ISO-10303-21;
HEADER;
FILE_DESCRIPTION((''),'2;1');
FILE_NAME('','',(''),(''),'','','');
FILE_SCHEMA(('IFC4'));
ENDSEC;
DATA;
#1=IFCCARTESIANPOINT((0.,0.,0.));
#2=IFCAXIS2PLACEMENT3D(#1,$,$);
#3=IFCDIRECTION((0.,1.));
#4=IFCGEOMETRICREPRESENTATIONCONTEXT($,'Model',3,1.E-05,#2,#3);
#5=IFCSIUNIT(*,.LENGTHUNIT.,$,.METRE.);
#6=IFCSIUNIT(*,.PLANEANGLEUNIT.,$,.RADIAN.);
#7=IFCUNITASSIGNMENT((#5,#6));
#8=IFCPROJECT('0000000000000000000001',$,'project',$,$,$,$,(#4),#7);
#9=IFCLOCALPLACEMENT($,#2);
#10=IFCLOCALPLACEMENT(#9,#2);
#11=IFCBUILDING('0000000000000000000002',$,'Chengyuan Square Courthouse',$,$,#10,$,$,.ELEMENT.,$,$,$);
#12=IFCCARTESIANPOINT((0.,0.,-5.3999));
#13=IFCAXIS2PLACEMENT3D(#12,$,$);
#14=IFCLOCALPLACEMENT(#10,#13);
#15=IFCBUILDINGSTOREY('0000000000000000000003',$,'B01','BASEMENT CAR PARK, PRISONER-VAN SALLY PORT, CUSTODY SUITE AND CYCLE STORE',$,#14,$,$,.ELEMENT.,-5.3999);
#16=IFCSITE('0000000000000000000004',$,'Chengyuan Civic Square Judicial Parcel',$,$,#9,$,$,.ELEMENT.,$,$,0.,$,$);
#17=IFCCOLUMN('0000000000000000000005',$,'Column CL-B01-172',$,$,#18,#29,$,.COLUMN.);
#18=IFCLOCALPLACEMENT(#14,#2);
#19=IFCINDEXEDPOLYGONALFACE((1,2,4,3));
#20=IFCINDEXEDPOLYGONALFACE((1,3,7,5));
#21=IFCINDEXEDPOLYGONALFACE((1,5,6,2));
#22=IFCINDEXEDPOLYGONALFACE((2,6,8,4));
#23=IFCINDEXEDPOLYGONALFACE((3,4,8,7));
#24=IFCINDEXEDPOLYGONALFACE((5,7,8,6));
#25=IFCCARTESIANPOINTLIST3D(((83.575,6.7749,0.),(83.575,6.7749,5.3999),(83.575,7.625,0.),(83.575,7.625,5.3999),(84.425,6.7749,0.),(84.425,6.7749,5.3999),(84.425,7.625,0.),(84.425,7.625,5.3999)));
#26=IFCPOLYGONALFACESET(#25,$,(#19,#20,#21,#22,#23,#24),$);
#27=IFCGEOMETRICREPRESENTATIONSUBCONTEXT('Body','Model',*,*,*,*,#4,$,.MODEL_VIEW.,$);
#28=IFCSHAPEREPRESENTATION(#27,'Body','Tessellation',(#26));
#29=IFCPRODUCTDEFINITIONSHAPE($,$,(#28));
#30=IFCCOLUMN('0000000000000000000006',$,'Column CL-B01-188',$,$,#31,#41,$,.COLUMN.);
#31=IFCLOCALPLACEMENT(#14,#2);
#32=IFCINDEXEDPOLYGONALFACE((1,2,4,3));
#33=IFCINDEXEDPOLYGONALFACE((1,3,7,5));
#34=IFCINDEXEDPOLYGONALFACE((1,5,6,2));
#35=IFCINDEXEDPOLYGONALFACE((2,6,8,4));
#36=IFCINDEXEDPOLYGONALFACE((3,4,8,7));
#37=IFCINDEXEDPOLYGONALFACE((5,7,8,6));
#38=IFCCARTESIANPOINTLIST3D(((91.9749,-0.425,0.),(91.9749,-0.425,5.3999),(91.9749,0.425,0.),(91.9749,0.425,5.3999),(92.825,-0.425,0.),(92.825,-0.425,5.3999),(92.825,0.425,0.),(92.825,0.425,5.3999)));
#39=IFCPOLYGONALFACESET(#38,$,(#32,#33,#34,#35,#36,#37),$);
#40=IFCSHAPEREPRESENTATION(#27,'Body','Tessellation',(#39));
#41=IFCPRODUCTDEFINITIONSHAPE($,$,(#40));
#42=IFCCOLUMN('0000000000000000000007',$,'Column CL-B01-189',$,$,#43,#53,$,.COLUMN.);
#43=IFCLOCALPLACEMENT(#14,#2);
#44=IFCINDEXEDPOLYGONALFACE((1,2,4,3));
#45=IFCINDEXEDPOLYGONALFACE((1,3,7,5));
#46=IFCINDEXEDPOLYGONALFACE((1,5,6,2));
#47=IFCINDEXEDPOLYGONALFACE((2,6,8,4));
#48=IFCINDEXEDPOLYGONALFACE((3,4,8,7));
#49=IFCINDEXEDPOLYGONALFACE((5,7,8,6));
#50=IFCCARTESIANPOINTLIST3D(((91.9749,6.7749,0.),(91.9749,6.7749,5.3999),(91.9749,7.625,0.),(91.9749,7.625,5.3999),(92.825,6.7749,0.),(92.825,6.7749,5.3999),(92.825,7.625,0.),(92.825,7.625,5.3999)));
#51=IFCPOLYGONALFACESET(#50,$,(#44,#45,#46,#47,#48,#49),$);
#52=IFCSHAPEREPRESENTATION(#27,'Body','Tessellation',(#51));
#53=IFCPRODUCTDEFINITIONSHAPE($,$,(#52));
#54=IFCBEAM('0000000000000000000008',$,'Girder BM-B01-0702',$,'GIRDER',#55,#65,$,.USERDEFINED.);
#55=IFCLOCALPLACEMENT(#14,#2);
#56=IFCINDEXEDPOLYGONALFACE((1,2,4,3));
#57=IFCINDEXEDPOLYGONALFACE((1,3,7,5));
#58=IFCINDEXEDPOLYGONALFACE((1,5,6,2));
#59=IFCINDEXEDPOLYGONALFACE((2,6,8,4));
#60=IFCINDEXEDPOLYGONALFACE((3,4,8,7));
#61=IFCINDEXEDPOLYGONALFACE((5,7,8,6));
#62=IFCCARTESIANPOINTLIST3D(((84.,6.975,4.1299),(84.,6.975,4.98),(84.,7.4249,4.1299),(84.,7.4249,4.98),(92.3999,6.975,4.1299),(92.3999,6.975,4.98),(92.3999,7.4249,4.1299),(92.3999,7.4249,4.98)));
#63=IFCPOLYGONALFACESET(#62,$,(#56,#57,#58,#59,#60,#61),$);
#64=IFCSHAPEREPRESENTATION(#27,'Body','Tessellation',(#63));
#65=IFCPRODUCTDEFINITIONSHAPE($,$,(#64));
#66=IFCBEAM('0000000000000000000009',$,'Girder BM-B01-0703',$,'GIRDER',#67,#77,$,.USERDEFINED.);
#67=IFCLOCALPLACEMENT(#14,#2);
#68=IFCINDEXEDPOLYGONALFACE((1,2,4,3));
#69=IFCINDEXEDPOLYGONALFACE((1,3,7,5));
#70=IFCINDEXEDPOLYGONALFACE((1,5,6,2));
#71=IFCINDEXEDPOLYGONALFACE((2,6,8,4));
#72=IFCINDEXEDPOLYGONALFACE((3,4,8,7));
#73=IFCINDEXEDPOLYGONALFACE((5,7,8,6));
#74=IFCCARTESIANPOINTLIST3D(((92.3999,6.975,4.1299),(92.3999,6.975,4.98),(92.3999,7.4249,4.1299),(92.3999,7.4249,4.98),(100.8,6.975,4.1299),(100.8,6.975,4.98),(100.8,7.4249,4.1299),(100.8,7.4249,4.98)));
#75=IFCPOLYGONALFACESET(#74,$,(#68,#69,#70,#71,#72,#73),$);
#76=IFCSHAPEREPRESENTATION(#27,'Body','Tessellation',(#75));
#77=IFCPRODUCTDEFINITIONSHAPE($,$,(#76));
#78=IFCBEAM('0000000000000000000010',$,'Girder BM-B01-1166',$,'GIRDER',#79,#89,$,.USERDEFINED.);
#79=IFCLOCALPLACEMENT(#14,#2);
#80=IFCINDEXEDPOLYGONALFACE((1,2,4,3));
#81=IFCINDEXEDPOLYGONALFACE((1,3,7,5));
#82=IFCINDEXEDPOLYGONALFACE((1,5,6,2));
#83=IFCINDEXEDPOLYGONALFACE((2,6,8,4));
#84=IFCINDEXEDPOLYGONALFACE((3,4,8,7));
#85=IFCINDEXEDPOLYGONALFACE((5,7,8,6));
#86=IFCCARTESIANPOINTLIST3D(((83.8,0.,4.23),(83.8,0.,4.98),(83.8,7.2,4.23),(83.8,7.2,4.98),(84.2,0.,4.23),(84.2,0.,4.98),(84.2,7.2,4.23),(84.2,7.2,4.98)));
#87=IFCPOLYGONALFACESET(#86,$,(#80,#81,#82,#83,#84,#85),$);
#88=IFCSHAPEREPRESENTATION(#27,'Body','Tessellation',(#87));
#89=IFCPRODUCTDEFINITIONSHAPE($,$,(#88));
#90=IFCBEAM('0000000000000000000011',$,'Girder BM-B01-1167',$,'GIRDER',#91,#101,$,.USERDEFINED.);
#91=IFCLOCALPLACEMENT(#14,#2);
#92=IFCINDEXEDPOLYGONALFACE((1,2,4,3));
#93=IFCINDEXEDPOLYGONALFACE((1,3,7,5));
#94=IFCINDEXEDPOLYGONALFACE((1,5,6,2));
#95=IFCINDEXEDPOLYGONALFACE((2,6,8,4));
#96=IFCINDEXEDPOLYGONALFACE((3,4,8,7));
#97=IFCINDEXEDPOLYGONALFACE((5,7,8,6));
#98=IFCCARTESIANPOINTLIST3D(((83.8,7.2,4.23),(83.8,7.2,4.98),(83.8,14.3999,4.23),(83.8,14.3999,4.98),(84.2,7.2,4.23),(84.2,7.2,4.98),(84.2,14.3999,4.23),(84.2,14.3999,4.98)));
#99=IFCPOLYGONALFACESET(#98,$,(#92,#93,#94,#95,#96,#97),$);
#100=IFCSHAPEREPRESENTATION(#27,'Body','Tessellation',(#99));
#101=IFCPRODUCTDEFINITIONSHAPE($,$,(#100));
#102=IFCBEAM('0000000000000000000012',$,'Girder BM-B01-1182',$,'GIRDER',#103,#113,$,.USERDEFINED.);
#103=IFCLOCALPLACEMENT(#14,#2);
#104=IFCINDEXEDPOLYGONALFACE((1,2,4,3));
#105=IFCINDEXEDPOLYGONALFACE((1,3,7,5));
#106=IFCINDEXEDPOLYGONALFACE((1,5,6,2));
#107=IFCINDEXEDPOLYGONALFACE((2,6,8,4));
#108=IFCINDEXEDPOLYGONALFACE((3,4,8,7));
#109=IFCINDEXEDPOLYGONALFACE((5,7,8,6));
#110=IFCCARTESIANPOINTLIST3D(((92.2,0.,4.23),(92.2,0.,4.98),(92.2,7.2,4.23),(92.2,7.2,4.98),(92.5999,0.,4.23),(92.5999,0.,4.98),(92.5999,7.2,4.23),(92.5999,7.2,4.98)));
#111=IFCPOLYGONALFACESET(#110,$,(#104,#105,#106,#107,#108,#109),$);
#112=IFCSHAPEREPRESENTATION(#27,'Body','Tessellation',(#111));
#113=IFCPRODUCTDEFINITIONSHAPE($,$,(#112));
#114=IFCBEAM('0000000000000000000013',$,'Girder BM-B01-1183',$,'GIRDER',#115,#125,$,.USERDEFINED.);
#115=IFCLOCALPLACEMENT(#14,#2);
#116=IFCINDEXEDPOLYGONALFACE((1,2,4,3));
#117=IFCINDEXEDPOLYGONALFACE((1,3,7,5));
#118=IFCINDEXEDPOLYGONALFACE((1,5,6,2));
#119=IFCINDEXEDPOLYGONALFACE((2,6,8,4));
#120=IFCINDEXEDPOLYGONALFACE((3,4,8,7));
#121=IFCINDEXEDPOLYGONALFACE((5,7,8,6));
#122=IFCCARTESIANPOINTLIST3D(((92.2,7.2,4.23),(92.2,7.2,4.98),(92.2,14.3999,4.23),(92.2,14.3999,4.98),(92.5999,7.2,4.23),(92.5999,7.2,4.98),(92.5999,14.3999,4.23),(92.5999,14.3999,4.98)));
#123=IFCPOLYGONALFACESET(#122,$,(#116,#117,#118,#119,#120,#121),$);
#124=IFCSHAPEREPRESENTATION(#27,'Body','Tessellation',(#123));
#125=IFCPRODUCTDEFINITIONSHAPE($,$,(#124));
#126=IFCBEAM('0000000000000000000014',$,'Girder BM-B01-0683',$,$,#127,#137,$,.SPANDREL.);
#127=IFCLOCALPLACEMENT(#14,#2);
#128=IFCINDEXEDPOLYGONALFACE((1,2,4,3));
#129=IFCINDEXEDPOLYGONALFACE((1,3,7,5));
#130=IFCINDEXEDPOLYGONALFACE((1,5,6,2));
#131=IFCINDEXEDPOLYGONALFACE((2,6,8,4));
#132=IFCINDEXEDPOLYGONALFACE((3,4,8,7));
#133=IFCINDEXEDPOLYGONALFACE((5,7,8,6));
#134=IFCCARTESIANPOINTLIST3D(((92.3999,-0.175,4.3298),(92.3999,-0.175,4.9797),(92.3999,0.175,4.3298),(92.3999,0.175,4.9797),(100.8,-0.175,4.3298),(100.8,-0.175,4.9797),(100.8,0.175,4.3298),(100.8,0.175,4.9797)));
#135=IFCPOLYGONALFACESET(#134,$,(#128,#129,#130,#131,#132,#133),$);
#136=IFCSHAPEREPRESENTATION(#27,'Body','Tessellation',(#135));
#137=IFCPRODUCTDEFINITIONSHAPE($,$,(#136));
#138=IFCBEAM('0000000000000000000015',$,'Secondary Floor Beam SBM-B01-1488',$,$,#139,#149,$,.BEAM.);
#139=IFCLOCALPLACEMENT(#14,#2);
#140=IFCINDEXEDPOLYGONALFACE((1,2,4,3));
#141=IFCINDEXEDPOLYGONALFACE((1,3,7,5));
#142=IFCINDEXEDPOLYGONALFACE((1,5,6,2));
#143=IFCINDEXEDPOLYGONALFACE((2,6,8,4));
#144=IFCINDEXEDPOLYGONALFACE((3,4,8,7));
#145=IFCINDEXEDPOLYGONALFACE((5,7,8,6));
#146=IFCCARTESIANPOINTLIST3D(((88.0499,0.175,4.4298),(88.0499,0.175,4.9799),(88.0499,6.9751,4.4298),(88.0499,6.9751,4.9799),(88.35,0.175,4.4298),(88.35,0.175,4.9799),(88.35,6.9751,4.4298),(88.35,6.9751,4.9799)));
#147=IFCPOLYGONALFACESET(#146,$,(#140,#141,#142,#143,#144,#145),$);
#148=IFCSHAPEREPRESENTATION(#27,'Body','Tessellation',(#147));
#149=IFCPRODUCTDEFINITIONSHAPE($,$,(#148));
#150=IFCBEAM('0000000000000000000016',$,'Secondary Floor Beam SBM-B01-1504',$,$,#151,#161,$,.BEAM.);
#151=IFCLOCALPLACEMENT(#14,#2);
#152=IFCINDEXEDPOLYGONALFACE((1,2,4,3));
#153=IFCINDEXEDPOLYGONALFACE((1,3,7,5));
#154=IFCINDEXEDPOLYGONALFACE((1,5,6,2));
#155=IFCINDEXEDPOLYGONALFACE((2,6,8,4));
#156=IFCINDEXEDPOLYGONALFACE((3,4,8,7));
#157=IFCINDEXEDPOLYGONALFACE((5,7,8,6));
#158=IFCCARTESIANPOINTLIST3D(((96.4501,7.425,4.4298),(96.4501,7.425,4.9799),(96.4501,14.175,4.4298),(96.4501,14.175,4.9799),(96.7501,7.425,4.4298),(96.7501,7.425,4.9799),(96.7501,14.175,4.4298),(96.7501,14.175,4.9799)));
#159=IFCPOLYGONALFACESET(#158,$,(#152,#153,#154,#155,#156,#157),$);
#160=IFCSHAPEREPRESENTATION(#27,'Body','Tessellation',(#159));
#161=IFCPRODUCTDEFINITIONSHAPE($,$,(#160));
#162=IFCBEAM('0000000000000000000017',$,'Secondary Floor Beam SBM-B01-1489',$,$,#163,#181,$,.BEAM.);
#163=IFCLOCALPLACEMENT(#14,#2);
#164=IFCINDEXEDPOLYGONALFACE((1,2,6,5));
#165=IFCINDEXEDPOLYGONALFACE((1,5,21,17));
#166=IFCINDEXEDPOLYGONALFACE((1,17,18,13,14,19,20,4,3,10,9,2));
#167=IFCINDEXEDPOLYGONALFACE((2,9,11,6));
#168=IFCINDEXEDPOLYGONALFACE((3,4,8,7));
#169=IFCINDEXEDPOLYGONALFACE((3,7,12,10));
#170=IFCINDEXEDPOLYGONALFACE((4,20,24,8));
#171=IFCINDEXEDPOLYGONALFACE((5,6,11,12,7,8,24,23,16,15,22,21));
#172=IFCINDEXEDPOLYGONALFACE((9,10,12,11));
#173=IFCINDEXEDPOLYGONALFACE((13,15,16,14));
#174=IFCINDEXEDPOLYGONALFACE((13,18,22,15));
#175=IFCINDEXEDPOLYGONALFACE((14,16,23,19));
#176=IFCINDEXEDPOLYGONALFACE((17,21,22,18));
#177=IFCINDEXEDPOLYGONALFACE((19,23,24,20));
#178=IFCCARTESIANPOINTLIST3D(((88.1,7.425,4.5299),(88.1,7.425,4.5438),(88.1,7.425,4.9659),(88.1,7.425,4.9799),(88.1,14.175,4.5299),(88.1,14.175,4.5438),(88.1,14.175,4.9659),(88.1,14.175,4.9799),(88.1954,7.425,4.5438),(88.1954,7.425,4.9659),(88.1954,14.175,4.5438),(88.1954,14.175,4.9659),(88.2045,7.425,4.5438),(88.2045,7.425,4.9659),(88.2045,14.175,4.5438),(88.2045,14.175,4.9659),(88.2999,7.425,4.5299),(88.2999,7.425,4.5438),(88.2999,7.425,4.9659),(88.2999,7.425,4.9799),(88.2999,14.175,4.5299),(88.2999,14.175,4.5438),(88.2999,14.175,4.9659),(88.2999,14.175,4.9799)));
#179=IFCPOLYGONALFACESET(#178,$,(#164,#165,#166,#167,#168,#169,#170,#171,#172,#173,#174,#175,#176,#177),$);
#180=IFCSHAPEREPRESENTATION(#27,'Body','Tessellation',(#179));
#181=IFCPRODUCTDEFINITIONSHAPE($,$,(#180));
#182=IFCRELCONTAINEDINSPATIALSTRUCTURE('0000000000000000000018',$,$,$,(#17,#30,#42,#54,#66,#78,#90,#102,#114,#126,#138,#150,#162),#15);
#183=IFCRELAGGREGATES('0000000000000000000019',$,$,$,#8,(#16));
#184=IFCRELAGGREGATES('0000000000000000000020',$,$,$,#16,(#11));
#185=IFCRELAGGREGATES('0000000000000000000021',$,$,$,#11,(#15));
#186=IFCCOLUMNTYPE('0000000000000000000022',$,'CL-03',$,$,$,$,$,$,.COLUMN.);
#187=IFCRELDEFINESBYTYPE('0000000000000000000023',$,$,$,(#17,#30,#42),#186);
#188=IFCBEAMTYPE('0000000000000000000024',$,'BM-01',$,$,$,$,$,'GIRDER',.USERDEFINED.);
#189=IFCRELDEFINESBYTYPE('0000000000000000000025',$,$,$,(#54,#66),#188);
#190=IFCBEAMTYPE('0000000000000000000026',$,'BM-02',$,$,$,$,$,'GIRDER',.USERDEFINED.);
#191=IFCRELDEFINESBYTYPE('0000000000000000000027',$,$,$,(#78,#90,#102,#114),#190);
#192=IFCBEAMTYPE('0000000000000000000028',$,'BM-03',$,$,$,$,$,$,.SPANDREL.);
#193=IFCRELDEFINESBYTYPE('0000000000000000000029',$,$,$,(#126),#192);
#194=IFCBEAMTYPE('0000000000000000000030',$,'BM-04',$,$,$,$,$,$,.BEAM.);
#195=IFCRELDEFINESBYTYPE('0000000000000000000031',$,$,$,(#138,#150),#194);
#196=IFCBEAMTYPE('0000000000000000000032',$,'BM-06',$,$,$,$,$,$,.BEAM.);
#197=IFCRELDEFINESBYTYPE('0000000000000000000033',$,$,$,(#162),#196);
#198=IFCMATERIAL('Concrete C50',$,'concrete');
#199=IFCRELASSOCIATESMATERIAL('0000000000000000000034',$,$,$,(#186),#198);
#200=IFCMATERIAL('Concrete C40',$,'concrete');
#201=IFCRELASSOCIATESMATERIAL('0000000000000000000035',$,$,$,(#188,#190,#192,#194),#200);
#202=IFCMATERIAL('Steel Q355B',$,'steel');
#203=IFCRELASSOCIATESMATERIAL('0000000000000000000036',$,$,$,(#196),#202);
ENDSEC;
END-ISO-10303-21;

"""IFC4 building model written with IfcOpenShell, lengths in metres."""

from ifc_helpers import new_model, si_unit, direction, frame, origin, origin_2d, place, context, subcontext, project, spatial, rectangle, i_section, extrude, material, material_profile, profile_set, type_object, element, save


model = new_model("IFC4")

# Units and contexts
model_context = context("Model", 3, precision=1e-05, world=origin(), true_north=direction((0.0, 1.0)))
body_context = subcontext(model_context, "Body", "Model", "MODEL_VIEW")
ifc_project = project(units=[si_unit("LENGTHUNIT", "METRE"), si_unit("PLANEANGLEUNIT", "RADIAN")], contexts=[model_context])

# Site, building, storey
site_placement = place(None, origin())
site = spatial("IfcSite", under=ifc_project, at=site_placement, Name="Chengyuan Civic Square Judicial Parcel", CompositionType="ELEMENT", RefElevation=0.0)
building_placement = place(site_placement, origin())
building = spatial("IfcBuilding", under=site, at=building_placement, Name="Chengyuan Square Courthouse", CompositionType="ELEMENT")
storey_placement = place(building_placement, frame((0.0, 0.0, -5.3999)))
storey = spatial("IfcBuildingStorey", under=building, at=storey_placement, Name="B01", Description="BASEMENT CAR PARK, PRISONER-VAN SALLY PORT, CUSTODY SUITE AND CYCLE STORE", CompositionType="ELEMENT", Elevation=-5.3999)

# Columns
ifc_material_1 = material(Name="Concrete C50", Category="concrete")
ifc_material_profile_1 = material_profile(ifc_material_1, rectangle(XDim=0.8501, YDim=0.8501, at=origin_2d()), Name="RC-COL-850x850")
ifc_profile_set_1 = profile_set([ifc_material_profile_1], Name="Concrete C50")
column_type = type_object("IfcColumnType", Name="CL-03", PredefinedType="COLUMN", material=ifc_profile_set_1)
for number, where, z_axis, x_axis, name in (
    (1, (84.0, 7.2, 0.0), (0.0, 0.0, 1.0), (1.0, 0.0, 0.0), "Column CL-B01-172"),
    (2, (92.3999, 0.0, 0.0), (0.0, 0.0, 1.0), (1.0, 0.0, 0.0), "Column CL-B01-188"),
    (3, (92.3999, 7.2, 0.0), (0.0, 0.0, 1.0), (1.0, 0.0, 0.0), "Column CL-B01-189"),
):
    element("IfcColumn", number, at=place(storey_placement, frame(where, z_axis=z_axis, x_axis=x_axis)), inside=storey, type_object=column_type, Name=name, PredefinedType="COLUMN", context=body_context, shape_type="SweptSolid", body=[
        extrude(rectangle(XDim=0.8501, YDim=0.8501, at=origin_2d()), origin(), (0.0, 0.0, 1.0), 5.3999),
    ])

# Beams
ifc_material_2 = material(Name="Concrete C40", Category="concrete")
ifc_material_profile_2 = material_profile(ifc_material_2, rectangle(XDim=0.45, YDim=0.8501, at=origin_2d()), Name="RC-BM-450x850")
ifc_profile_set_2 = profile_set([ifc_material_profile_2], Name="Concrete C40")
beam_type_1 = type_object("IfcBeamType", Name="BM-01", ElementType="GIRDER", PredefinedType="USERDEFINED", material=ifc_profile_set_2)
beam_1_placement = place(storey_placement, frame((84.0, 7.2, 4.5549), z_axis=(1.0, 0.0, 0.0), x_axis=(0.0, 1.0, 0.0)))
element("IfcBeam", 4, at=beam_1_placement, inside=storey, type_object=beam_type_1, Name="Girder BM-B01-0702", ObjectType="GIRDER", PredefinedType="USERDEFINED", context=body_context, shape_type="SweptSolid", body=[
    extrude(rectangle(XDim=0.45, YDim=0.8501, at=origin_2d()), origin(), (0.0, 0.0, 1.0), 8.3999),
])
beam_2_placement = place(storey_placement, frame((92.3999, 7.2, 4.5549), z_axis=(1.0, 0.0, 0.0), x_axis=(0.0, 1.0, 0.0)))
element("IfcBeam", 5, at=beam_2_placement, inside=storey, type_object=beam_type_1, Name="Girder BM-B01-0703", ObjectType="GIRDER", PredefinedType="USERDEFINED", context=body_context, shape_type="SweptSolid", body=[
    extrude(rectangle(XDim=0.45, YDim=0.8501, at=origin_2d()), origin(), (0.0, 0.0, 1.0), 8.4001),
])
ifc_material_profile_3 = material_profile(ifc_material_2, rectangle(XDim=0.3999, YDim=0.75, at=origin_2d()), Name="RC-BM-400x750")
ifc_profile_set_3 = profile_set([ifc_material_profile_3], Name="Concrete C40")
beam_type_2 = type_object("IfcBeamType", Name="BM-02", ElementType="GIRDER", PredefinedType="USERDEFINED", material=ifc_profile_set_3)
for number, where, z_axis, x_axis, name in (
    (6, (84.0, 0.0, 4.605), (0.0, 1.0, 0.0), (-1.0, 0.0, 0.0), "Girder BM-B01-1166"),
    (7, (84.0, 7.2, 4.605), (0.0, 1.0, 0.0), (-1.0, 0.0, 0.0), "Girder BM-B01-1167"),
    (8, (92.3999, 0.0, 4.605), (0.0, 1.0, 0.0), (-1.0, 0.0, 0.0), "Girder BM-B01-1182"),
    (9, (92.3999, 7.2, 4.605), (0.0, 1.0, 0.0), (-1.0, 0.0, 0.0), "Girder BM-B01-1183"),
):
    element("IfcBeam", number, at=place(storey_placement, frame(where, z_axis=z_axis, x_axis=x_axis)), inside=storey, type_object=beam_type_2, Name=name, ObjectType="GIRDER", PredefinedType="USERDEFINED", context=body_context, shape_type="SweptSolid", body=[
        extrude(rectangle(XDim=0.3999, YDim=0.75, at=origin_2d()), origin(), (0.0, 0.0, 1.0), 7.2),
    ])
ifc_material_profile_4 = material_profile(ifc_material_2, rectangle(XDim=0.3501, YDim=0.6499, at=origin_2d()), Name="RC-BM-350x650")
ifc_profile_set_4 = profile_set([ifc_material_profile_4], Name="Concrete C40")
beam_type_3 = type_object("IfcBeamType", Name="BM-03", PredefinedType="SPANDREL", material=ifc_profile_set_4)
beam_3_placement = place(storey_placement, frame((92.3999, 0.0, 4.6548), z_axis=(1.0, 0.0, 0.0), x_axis=(0.0, 1.0, 0.0)))
element("IfcBeam", 10, at=beam_3_placement, inside=storey, type_object=beam_type_3, Name="Girder BM-B01-0683", PredefinedType="SPANDREL", context=body_context, shape_type="SweptSolid", body=[
    extrude(rectangle(XDim=0.3501, YDim=0.6499, at=origin_2d()), origin(), (0.0, 0.0, 1.0), 8.4001),
])
ifc_material_profile_5 = material_profile(ifc_material_2, rectangle(XDim=0.3, YDim=0.55, at=origin_2d()), Name="RC-BM-300x550")
ifc_profile_set_5 = profile_set([ifc_material_profile_5], Name="Concrete C40")
beam_type_4 = type_object("IfcBeamType", Name="BM-04", PredefinedType="BEAM", material=ifc_profile_set_5)
beam_4_placement = place(storey_placement, frame((88.2, 0.175, 4.7048), z_axis=(0.0, 1.0, 0.0), x_axis=(-1.0, 0.0, 0.0)))
element("IfcBeam", 11, at=beam_4_placement, inside=storey, type_object=beam_type_4, Name="Secondary Floor Beam SBM-B01-1488", PredefinedType="BEAM", context=body_context, shape_type="SweptSolid", body=[
    extrude(rectangle(XDim=0.3, YDim=0.55, at=origin_2d()), origin(), (0.0, 0.0, 1.0), 6.8),
])
beam_5_placement = place(storey_placement, frame((96.6001, 7.425, 4.7048), z_axis=(0.0, 1.0, 0.0), x_axis=(-1.0, 0.0, 0.0)))
element("IfcBeam", 12, at=beam_5_placement, inside=storey, type_object=beam_type_4, Name="Secondary Floor Beam SBM-B01-1504", PredefinedType="BEAM", context=body_context, shape_type="SweptSolid", body=[
    extrude(rectangle(XDim=0.3, YDim=0.55, at=origin_2d()), origin(), (0.0, 0.0, 1.0), 6.75),
])
ifc_material_3 = material(Name="Steel Q355B", Category="steel")
ifc_material_profile_6 = material_profile(ifc_material_3, i_section(OverallWidth=0.2, OverallDepth=0.45, WebThickness=0.009, FlangeThickness=0.0139, at=origin_2d()), Name="HN 450x200x9x14")
ifc_profile_set_6 = profile_set([ifc_material_profile_6], Name="Steel Q355B")
beam_type_5 = type_object("IfcBeamType", Name="BM-06", PredefinedType="BEAM", material=ifc_profile_set_6)
beam_6_placement = place(storey_placement, frame((88.2, 7.425, 4.7549), z_axis=(0.0, 1.0, 0.0), x_axis=(-1.0, 0.0, 0.0)))
element("IfcBeam", 13, at=beam_6_placement, inside=storey, type_object=beam_type_5, Name="Secondary Floor Beam SBM-B01-1489", PredefinedType="BEAM", context=body_context, shape_type="SweptSolid", body=[
    extrude(i_section(OverallWidth=0.2, OverallDepth=0.45, WebThickness=0.009, FlangeThickness=0.0139, at=origin_2d()), origin(), (0.0, 0.0, 1.0), 6.75),
])

save(model, "model.ifc")
